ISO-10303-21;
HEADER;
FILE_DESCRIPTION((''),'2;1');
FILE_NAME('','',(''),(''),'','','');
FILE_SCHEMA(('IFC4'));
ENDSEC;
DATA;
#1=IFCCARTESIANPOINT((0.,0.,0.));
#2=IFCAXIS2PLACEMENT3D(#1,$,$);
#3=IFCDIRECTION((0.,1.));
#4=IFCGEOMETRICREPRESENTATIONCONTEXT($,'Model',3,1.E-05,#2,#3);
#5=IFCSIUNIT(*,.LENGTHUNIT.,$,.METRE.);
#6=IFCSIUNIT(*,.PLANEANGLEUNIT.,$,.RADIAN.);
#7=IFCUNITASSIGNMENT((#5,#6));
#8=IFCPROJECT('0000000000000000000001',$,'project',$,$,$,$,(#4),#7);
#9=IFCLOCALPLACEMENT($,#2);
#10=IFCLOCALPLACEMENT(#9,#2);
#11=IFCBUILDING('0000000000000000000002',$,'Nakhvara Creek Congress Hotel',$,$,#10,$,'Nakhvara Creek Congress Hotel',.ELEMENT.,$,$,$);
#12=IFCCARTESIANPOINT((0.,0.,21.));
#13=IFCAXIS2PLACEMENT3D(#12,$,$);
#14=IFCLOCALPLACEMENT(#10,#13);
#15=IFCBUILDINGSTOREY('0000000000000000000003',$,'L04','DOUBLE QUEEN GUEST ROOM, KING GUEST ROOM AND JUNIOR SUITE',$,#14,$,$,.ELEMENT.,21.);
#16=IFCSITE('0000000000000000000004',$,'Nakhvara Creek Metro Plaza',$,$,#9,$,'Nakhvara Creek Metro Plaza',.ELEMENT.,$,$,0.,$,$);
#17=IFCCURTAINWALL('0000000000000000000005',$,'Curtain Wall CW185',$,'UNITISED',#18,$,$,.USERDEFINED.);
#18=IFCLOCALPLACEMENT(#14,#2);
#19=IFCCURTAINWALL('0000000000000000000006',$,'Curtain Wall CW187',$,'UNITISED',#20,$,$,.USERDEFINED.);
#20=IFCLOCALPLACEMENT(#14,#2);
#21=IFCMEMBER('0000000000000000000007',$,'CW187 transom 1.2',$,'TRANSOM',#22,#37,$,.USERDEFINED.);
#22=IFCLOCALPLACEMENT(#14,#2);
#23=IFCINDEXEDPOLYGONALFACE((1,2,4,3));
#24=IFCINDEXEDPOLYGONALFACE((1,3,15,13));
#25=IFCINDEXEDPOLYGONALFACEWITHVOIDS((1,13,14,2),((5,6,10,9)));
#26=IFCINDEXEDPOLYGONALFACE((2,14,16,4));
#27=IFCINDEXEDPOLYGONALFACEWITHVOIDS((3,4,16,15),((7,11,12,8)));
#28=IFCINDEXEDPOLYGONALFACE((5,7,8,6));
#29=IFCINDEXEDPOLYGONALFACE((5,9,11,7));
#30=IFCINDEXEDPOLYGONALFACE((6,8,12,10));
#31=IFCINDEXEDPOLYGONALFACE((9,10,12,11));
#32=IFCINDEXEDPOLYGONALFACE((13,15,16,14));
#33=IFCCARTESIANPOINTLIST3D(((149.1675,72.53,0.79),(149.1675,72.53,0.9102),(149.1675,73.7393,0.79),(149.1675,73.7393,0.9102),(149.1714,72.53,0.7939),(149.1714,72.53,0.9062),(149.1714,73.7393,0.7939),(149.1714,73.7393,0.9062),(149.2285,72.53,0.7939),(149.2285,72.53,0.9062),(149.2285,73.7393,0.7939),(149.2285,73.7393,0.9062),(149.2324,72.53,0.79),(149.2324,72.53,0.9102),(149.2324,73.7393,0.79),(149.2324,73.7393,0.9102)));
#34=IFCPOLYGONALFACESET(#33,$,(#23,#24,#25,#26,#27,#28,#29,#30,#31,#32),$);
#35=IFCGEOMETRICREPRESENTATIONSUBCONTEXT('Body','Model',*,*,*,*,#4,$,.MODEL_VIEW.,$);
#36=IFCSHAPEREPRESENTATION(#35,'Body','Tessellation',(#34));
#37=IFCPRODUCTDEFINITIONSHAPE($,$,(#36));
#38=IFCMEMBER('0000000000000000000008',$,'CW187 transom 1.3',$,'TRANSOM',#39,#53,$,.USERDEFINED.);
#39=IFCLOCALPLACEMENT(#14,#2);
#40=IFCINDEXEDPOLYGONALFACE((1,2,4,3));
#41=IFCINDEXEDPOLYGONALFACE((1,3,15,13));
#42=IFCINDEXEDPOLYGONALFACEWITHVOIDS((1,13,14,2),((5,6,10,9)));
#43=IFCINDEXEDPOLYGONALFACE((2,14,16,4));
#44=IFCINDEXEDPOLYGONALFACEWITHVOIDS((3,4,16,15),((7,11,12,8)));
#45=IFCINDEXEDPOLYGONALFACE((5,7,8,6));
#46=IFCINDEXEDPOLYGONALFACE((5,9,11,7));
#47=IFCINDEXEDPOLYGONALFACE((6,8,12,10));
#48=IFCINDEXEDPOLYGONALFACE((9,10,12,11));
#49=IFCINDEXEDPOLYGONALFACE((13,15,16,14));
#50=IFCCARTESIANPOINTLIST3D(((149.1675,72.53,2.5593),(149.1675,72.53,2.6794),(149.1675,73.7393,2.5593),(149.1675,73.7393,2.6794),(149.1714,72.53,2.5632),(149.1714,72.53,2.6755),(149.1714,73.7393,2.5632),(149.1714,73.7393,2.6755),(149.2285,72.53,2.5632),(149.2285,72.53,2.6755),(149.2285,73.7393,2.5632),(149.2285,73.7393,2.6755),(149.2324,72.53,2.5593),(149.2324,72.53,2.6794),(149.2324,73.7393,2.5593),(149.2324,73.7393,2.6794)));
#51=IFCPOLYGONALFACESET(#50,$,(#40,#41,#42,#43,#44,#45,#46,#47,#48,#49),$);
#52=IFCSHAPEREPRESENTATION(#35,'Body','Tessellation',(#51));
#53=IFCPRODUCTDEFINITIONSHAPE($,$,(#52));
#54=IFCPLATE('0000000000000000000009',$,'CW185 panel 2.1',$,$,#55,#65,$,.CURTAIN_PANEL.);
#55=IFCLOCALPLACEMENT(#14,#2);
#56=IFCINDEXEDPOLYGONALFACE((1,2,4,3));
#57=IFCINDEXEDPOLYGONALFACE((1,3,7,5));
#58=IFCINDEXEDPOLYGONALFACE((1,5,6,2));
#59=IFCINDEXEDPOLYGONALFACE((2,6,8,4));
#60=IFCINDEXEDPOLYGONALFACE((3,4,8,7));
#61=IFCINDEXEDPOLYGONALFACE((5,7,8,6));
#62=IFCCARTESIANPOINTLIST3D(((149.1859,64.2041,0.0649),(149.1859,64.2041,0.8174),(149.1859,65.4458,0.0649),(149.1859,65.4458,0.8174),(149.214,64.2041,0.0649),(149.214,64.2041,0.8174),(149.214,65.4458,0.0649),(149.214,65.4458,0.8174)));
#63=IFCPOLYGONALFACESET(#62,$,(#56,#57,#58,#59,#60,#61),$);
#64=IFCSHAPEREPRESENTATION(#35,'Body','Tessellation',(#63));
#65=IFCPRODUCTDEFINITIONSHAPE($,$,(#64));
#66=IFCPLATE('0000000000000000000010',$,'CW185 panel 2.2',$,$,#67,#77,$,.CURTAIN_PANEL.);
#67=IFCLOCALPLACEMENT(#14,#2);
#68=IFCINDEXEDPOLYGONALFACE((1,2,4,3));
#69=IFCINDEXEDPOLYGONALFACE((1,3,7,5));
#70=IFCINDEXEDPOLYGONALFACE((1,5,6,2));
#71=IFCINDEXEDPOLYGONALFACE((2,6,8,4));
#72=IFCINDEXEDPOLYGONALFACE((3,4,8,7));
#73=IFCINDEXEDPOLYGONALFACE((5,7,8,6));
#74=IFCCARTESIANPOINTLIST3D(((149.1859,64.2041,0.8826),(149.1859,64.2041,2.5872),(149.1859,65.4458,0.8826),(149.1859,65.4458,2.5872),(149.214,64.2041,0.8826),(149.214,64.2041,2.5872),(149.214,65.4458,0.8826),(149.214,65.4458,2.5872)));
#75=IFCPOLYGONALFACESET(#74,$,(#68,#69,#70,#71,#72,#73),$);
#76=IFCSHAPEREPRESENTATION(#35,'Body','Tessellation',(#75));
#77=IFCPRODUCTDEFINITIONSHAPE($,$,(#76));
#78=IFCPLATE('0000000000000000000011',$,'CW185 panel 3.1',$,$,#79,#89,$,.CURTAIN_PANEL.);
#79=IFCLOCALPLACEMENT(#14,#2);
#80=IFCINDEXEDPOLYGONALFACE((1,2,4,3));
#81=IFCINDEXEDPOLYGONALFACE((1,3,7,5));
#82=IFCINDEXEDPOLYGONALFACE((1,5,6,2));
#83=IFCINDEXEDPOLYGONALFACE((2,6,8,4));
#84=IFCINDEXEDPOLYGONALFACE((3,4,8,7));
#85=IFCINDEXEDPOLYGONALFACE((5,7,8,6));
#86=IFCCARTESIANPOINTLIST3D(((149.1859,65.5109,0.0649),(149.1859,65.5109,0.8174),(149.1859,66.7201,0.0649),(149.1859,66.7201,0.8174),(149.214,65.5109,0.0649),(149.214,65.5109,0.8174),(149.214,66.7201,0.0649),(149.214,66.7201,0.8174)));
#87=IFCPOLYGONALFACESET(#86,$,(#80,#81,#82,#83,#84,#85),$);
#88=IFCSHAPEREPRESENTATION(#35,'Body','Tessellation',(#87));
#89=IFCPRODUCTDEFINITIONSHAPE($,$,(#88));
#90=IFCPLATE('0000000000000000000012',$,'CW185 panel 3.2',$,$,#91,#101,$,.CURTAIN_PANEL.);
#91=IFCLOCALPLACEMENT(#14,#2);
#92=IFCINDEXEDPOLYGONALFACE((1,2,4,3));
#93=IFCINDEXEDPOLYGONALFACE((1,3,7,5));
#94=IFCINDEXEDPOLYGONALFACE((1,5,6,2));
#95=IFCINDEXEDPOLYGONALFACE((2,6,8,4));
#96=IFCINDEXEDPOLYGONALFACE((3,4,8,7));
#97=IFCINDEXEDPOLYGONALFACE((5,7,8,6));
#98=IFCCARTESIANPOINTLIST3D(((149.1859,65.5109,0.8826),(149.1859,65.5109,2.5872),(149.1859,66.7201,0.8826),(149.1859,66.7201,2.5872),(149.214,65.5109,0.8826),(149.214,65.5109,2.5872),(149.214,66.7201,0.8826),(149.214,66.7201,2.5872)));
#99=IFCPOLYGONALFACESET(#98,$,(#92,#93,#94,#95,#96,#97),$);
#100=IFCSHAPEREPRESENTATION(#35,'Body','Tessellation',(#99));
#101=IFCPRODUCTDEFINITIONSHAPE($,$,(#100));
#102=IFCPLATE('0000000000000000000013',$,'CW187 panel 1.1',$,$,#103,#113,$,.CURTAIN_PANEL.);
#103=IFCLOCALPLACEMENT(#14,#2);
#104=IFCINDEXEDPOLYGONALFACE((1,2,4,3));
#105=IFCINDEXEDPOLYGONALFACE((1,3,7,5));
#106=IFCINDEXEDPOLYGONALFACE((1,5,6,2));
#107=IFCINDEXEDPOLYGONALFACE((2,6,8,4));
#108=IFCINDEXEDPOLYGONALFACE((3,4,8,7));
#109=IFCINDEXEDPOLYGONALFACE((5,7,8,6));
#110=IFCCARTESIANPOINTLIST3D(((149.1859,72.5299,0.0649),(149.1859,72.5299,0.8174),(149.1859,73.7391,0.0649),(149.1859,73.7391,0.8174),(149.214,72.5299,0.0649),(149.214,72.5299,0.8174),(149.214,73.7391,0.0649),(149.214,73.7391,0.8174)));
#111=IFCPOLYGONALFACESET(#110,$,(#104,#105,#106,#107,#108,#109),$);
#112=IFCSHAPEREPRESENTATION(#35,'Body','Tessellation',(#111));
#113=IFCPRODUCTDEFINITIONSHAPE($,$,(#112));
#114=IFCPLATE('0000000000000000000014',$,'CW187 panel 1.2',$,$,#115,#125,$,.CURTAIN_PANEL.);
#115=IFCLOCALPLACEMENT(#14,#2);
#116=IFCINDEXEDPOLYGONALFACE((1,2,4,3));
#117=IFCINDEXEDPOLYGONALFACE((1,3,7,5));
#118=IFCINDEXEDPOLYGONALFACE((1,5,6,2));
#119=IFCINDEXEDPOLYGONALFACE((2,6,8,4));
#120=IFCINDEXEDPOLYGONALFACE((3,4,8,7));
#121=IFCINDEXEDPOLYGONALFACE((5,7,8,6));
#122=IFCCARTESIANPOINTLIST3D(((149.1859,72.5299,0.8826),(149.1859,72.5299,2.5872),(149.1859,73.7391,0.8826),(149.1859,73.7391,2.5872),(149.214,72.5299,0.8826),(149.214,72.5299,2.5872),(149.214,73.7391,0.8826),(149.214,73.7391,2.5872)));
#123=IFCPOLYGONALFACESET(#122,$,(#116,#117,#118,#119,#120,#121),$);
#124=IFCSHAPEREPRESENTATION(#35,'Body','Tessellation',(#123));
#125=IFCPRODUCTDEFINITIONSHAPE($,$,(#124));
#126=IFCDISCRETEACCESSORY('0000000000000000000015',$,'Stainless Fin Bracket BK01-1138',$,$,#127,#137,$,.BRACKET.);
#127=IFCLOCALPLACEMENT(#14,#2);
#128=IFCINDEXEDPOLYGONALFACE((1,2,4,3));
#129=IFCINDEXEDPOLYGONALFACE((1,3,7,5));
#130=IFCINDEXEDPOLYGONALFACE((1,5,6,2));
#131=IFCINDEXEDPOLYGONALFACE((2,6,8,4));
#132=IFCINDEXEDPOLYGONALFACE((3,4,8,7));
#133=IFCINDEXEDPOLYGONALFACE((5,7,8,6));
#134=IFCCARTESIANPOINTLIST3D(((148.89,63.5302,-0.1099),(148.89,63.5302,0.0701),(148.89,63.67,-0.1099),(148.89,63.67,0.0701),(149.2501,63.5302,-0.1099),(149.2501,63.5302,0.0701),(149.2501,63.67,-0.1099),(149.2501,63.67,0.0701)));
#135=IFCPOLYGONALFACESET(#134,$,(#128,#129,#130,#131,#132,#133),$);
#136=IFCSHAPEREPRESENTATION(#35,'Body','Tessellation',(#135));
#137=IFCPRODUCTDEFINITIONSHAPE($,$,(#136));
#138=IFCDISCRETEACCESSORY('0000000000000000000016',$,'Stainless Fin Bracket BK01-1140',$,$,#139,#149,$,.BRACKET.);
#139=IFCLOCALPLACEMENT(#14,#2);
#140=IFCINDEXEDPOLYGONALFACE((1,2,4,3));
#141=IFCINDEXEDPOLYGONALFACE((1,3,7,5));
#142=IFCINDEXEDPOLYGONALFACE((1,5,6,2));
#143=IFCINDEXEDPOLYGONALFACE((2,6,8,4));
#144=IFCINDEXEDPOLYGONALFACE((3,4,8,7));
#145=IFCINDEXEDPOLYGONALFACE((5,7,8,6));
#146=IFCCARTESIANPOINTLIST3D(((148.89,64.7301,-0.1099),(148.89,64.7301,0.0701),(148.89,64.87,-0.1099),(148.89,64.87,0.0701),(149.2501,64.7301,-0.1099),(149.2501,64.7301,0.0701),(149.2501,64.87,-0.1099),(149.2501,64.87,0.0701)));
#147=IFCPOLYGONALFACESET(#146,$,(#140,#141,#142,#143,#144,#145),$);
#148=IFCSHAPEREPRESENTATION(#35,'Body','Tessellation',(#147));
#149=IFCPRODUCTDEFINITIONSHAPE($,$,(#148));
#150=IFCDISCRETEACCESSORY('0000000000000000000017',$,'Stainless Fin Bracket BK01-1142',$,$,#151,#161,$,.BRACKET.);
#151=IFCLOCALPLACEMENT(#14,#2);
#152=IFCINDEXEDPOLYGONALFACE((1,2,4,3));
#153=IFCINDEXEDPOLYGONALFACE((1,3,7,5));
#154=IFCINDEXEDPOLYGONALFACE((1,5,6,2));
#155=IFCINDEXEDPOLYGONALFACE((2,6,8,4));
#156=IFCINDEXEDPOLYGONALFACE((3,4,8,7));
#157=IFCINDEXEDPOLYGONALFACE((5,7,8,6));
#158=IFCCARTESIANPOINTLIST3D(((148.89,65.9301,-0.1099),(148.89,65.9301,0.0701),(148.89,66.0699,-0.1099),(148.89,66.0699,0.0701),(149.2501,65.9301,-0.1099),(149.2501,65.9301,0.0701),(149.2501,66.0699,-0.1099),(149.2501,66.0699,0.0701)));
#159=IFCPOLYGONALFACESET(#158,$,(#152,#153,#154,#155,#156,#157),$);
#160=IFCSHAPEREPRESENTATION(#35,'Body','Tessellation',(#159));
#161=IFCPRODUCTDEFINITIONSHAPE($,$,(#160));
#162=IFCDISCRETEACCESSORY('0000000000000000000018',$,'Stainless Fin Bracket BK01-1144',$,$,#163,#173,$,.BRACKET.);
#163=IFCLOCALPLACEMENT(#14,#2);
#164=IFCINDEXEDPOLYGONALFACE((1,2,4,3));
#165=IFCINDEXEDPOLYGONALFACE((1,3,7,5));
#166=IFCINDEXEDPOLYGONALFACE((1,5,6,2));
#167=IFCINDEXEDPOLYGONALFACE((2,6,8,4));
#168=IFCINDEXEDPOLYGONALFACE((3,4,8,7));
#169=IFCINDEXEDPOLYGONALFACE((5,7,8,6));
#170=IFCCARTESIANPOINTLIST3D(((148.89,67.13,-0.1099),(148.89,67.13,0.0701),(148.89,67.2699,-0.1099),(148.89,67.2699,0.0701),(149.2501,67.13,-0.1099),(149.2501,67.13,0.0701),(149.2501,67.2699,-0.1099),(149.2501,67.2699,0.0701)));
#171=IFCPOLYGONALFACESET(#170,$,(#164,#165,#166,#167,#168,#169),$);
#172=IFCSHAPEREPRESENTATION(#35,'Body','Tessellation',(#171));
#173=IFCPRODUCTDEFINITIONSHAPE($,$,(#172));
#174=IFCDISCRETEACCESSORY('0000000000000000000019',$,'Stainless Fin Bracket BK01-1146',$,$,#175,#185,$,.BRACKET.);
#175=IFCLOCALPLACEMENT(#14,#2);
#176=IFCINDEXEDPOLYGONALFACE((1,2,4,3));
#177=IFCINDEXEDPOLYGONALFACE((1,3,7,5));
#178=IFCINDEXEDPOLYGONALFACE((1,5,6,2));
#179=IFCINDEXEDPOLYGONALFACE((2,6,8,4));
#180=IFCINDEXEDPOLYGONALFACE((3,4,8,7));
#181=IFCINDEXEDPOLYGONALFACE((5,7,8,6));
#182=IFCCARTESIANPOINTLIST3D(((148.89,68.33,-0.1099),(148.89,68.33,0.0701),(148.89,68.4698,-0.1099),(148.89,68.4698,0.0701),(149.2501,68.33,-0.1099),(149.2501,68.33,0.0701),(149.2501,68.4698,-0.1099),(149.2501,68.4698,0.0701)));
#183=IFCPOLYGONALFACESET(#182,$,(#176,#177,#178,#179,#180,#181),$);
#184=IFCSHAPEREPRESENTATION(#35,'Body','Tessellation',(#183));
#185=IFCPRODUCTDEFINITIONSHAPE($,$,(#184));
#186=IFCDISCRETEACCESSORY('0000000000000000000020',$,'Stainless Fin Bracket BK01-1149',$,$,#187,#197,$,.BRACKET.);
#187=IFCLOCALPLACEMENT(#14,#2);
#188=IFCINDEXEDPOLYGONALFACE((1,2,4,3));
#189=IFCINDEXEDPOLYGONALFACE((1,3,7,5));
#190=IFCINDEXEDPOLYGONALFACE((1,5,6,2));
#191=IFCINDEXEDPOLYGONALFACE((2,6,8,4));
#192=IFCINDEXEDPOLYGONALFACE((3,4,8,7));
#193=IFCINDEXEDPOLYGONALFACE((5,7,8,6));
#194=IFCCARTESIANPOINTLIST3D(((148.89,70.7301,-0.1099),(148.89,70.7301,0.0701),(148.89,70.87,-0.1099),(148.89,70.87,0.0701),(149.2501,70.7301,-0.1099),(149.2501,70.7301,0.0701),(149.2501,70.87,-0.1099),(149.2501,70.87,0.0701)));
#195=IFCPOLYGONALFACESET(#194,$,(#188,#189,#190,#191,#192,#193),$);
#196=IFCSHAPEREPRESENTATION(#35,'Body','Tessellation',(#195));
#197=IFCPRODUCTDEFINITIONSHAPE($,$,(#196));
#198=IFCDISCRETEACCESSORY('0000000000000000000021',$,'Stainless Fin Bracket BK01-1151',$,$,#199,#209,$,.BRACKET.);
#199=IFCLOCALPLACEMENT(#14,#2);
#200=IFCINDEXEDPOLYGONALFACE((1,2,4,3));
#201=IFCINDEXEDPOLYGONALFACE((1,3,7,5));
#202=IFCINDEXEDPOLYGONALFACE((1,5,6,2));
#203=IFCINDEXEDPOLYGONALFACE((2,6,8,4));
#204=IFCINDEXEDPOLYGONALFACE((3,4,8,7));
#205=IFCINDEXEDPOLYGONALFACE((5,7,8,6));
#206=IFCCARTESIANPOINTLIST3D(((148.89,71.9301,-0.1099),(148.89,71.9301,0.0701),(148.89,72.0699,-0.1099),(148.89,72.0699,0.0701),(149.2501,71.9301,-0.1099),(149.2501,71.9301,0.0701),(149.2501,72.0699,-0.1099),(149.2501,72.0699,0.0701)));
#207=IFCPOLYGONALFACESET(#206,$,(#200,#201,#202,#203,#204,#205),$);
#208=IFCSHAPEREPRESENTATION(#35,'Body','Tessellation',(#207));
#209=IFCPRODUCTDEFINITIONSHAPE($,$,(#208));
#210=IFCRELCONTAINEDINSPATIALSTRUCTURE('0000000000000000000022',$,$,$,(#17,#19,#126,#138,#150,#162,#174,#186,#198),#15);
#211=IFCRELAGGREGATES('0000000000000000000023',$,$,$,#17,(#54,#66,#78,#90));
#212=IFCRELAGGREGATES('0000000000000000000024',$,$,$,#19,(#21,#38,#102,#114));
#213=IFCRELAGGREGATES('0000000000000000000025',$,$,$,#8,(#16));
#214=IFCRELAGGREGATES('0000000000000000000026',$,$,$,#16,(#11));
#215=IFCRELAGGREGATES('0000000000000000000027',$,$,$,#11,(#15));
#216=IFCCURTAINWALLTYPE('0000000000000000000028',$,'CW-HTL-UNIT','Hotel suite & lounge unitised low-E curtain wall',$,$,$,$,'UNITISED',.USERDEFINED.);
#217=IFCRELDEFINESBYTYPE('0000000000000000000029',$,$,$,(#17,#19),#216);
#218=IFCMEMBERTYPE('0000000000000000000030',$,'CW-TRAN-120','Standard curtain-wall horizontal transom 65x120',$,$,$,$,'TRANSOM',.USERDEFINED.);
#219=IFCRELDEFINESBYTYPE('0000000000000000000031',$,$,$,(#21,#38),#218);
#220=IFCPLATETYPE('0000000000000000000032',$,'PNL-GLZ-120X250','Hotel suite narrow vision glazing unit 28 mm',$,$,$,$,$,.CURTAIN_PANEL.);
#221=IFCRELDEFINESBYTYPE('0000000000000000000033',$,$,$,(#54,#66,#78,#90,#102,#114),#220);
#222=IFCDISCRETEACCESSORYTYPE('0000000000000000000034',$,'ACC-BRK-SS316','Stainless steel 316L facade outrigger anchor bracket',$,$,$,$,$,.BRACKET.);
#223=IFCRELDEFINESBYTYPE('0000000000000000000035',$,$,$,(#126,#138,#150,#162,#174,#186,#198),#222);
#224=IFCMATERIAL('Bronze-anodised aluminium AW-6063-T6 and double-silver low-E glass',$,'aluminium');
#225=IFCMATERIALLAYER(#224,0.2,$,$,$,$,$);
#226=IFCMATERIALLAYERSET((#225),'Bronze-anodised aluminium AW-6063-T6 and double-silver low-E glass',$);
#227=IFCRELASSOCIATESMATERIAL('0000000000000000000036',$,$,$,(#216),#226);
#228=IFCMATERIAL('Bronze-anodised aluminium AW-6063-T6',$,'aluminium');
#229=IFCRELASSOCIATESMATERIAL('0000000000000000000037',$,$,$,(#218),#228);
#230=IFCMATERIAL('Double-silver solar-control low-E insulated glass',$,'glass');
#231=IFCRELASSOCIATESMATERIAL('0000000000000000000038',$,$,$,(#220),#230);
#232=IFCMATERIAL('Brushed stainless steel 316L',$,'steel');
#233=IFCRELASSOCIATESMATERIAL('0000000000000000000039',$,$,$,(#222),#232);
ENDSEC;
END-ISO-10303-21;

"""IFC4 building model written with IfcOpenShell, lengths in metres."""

from ifc_helpers import new_model, si_unit, direction, frame, origin, origin_2d, place, context, subcontext, project, spatial, rectangle, hollow_rectangle, extrude, material, layer, layer_set, material_profile, profile_set, type_object, element, aggregate, save


model = new_model("IFC4")

# Units and contexts
model_context = context("Model", 3, precision=1e-05, world=origin(), true_north=direction((0.0, 1.0)))
body_context = subcontext(model_context, "Body", "Model", "MODEL_VIEW")
ifc_project = project(units=[si_unit("LENGTHUNIT", "METRE"), si_unit("PLANEANGLEUNIT", "RADIAN")], contexts=[model_context])

# Site, building, storey
site_placement = place(None, origin())
site = spatial("IfcSite", under=ifc_project, at=site_placement, Name="Nakhvara Creek Metro Plaza", LongName="Nakhvara Creek Metro Plaza", CompositionType="ELEMENT", RefElevation=0.0)
building_placement = place(site_placement, origin())
building = spatial("IfcBuilding", under=site, at=building_placement, Name="Nakhvara Creek Congress Hotel", LongName="Nakhvara Creek Congress Hotel", CompositionType="ELEMENT")
storey_placement = place(building_placement, frame((0.0, 0.0, 21.0)))
storey = spatial("IfcBuildingStorey", under=building, at=storey_placement, Name="L04", Description="DOUBLE QUEEN GUEST ROOM, KING GUEST ROOM AND JUNIOR SUITE", CompositionType="ELEMENT", Elevation=21.0)

# Curtain wall
ifc_material_1 = material(Name="Bronze-anodised aluminium AW-6063-T6 and double-silver low-E glass", Category="aluminium")
ifc_layer = layer(ifc_material_1, 0.2)
ifc_layer_set = layer_set([ifc_layer], Name="Bronze-anodised aluminium AW-6063-T6 and double-silver low-E glass")
curtain_wall_type = type_object("IfcCurtainWallType", Name="CW-HTL-UNIT", Description="Hotel suite & lounge unitised low-E curtain wall", ElementType="UNITISED", PredefinedType="USERDEFINED", material=ifc_layer_set)
curtain_wall_1_placement = place(storey_placement, origin())
curtain_wall_1 = element("IfcCurtainWall", 1, at=curtain_wall_1_placement, inside=storey, type_object=curtain_wall_type, Name="Curtain Wall CW185", ObjectType="UNITISED", PredefinedType="USERDEFINED")
ifc_material_2 = material(Name="Bronze-anodised aluminium AW-6063-T6", Category="aluminium")

# Curtain wall
curtain_wall_2_placement = place(storey_placement, origin())
curtain_wall_2 = element("IfcCurtainWall", 2, at=curtain_wall_2_placement, inside=storey, type_object=curtain_wall_type, Name="Curtain Wall CW187", ObjectType="UNITISED", PredefinedType="USERDEFINED")

# Members
ifc_material_profile_1 = material_profile(ifc_material_2, hollow_rectangle(XDim=0.0649, YDim=0.1201, WallThickness=0.0039, at=origin_2d()), Name="ALU-TRAN 65x120x4", Category="LoadBearing")
ifc_profile_set_1 = profile_set([ifc_material_profile_1], Name="Bronze-anodised aluminium AW-6063-T6")
member_type_1 = type_object("IfcMemberType", Name="CW-TRAN-120", Description="Standard curtain-wall horizontal transom 65x120", ElementType="TRANSOM", PredefinedType="USERDEFINED", material=ifc_profile_set_1)
member_1_placement = place(storey_placement, frame((149.2, 72.53, 0.8501), z_axis=(0.0, 1.0, 0.0), x_axis=(-1.0, 0.0, 0.0)))
member_1 = element("IfcMember", 3, at=member_1_placement, type_object=member_type_1, Name="CW187 transom 1.2", ObjectType="TRANSOM", PredefinedType="USERDEFINED", context=body_context, shape_type="SweptSolid", body=[
    extrude(hollow_rectangle(XDim=0.0649, YDim=0.1201, WallThickness=0.0039, at=origin_2d()), origin(), (0.0, 0.0, 1.0), 1.2092),
])
member_2_placement = place(storey_placement, frame((149.2, 72.53, 2.6194), z_axis=(0.0, 1.0, 0.0), x_axis=(-1.0, 0.0, 0.0)))
member_2 = element("IfcMember", 4, at=member_2_placement, type_object=member_type_1, Name="CW187 transom 1.3", ObjectType="TRANSOM", PredefinedType="USERDEFINED", context=body_context, shape_type="SweptSolid", body=[
    extrude(hollow_rectangle(XDim=0.0649, YDim=0.1201, WallThickness=0.0039, at=origin_2d()), origin(), (0.0, 0.0, 1.0), 1.2092),
])

# Plates
ifc_material_3 = material(Name="Double-silver solar-control low-E insulated glass", Category="glass")
plate_type = type_object("IfcPlateType", Name="PNL-GLZ-120X250", Description="Hotel suite narrow vision glazing unit 28 mm", PredefinedType="CURTAIN_PANEL", material=ifc_material_3)
plate_1_placement = place(storey_placement, frame((149.2, 64.825, 0.0649), z_axis=(0.0, 0.0, 1.0), x_axis=(0.0, 1.0, 0.0)))
plate_1 = element("IfcPlate", 5, at=plate_1_placement, type_object=plate_type, Name="CW185 panel 2.1", PredefinedType="CURTAIN_PANEL", context=body_context, shape_type="SweptSolid", body=[
    extrude(rectangle(XDim=1.2417, YDim=0.0281, at=origin_2d()), origin(), (0.0, 0.0, 1.0), 0.7524),
])
plate_2_placement = place(storey_placement, frame((149.2, 64.825, 0.8826), z_axis=(0.0, 0.0, 1.0), x_axis=(0.0, 1.0, 0.0)))
plate_2 = element("IfcPlate", 6, at=plate_2_placement, type_object=plate_type, Name="CW185 panel 2.2", PredefinedType="CURTAIN_PANEL", context=body_context, shape_type="SweptSolid", body=[
    extrude(rectangle(XDim=1.2417, YDim=0.0281, at=origin_2d()), origin(), (0.0, 0.0, 1.0), 1.7046),
])
plate_3_placement = place(storey_placement, frame((149.2, 66.1155, 0.0649), z_axis=(0.0, 0.0, 1.0), x_axis=(0.0, 1.0, 0.0)))
plate_3 = element("IfcPlate", 7, at=plate_3_placement, type_object=plate_type, Name="CW185 panel 3.1", PredefinedType="CURTAIN_PANEL", context=body_context, shape_type="SweptSolid", body=[
    extrude(rectangle(XDim=1.2092, YDim=0.0281, at=origin_2d()), origin(), (0.0, 0.0, 1.0), 0.7524),
])
plate_4_placement = place(storey_placement, frame((149.2, 66.1155, 0.8826), z_axis=(0.0, 0.0, 1.0), x_axis=(0.0, 1.0, 0.0)))
plate_4 = element("IfcPlate", 8, at=plate_4_placement, type_object=plate_type, Name="CW185 panel 3.2", PredefinedType="CURTAIN_PANEL", context=body_context, shape_type="SweptSolid", body=[
    extrude(rectangle(XDim=1.2092, YDim=0.0281, at=origin_2d()), origin(), (0.0, 0.0, 1.0), 1.7046),
])
aggregate(curtain_wall_1, [plate_1, plate_2, plate_3, plate_4])
plate_5_placement = place(storey_placement, frame((149.2, 73.1345, 0.0649), z_axis=(0.0, 0.0, 1.0), x_axis=(0.0, 1.0, 0.0)))
plate_5 = element("IfcPlate", 9, at=plate_5_placement, type_object=plate_type, Name="CW187 panel 1.1", PredefinedType="CURTAIN_PANEL", context=body_context, shape_type="SweptSolid", body=[
    extrude(rectangle(XDim=1.2092, YDim=0.0281, at=origin_2d()), origin(), (0.0, 0.0, 1.0), 0.7524),
])
plate_6_placement = place(storey_placement, frame((149.2, 73.1345, 0.8826), z_axis=(0.0, 0.0, 1.0), x_axis=(0.0, 1.0, 0.0)))
plate_6 = element("IfcPlate", 10, at=plate_6_placement, type_object=plate_type, Name="CW187 panel 1.2", PredefinedType="CURTAIN_PANEL", context=body_context, shape_type="SweptSolid", body=[
    extrude(rectangle(XDim=1.2092, YDim=0.0281, at=origin_2d()), origin(), (0.0, 0.0, 1.0), 1.7046),
])
aggregate(curtain_wall_2, [member_1, member_2, plate_5, plate_6])

# Discrete accessories
ifc_material_4 = material(Name="Brushed stainless steel 316L", Category="steel")
discrete_accessory_type = type_object("IfcDiscreteAccessoryType", Name="ACC-BRK-SS316", Description="Stainless steel 316L facade outrigger anchor bracket", PredefinedType="BRACKET", material=ifc_material_4)
for number, where, z_axis, x_axis, name in (
    (11, (149.0701, 63.6001, -0.1099), (0.0, 0.0, 1.0), (0.0, 1.0, 0.0), "Stainless Fin Bracket BK01-1138"),
    (12, (149.0701, 64.8, -0.1099), (0.0, 0.0, 1.0), (0.0, 1.0, 0.0), "Stainless Fin Bracket BK01-1140"),
    (13, (149.0701, 66.0, -0.1099), (0.0, 0.0, 1.0), (0.0, 1.0, 0.0), "Stainless Fin Bracket BK01-1142"),
    (14, (149.0701, 67.2, -0.1099), (0.0, 0.0, 1.0), (0.0, 1.0, 0.0), "Stainless Fin Bracket BK01-1144"),
    (15, (149.0701, 68.3999, -0.1099), (0.0, 0.0, 1.0), (0.0, 1.0, 0.0), "Stainless Fin Bracket BK01-1146"),
    (16, (149.0701, 70.8, -0.1099), (0.0, 0.0, 1.0), (0.0, 1.0, 0.0), "Stainless Fin Bracket BK01-1149"),
    (17, (149.0701, 72.0, -0.1099), (0.0, 0.0, 1.0), (0.0, 1.0, 0.0), "Stainless Fin Bracket BK01-1151"),
):
    element("IfcDiscreteAccessory", number, at=place(storey_placement, frame(where, z_axis=z_axis, x_axis=x_axis)), inside=storey, type_object=discrete_accessory_type, Name=name, PredefinedType="BRACKET", context=body_context, shape_type="SweptSolid", body=[
        extrude(rectangle(XDim=0.1399, YDim=0.3601, at=origin_2d()), origin(), (0.0, 0.0, 1.0), 0.1799),
    ])

save(model, "model.ifc")
